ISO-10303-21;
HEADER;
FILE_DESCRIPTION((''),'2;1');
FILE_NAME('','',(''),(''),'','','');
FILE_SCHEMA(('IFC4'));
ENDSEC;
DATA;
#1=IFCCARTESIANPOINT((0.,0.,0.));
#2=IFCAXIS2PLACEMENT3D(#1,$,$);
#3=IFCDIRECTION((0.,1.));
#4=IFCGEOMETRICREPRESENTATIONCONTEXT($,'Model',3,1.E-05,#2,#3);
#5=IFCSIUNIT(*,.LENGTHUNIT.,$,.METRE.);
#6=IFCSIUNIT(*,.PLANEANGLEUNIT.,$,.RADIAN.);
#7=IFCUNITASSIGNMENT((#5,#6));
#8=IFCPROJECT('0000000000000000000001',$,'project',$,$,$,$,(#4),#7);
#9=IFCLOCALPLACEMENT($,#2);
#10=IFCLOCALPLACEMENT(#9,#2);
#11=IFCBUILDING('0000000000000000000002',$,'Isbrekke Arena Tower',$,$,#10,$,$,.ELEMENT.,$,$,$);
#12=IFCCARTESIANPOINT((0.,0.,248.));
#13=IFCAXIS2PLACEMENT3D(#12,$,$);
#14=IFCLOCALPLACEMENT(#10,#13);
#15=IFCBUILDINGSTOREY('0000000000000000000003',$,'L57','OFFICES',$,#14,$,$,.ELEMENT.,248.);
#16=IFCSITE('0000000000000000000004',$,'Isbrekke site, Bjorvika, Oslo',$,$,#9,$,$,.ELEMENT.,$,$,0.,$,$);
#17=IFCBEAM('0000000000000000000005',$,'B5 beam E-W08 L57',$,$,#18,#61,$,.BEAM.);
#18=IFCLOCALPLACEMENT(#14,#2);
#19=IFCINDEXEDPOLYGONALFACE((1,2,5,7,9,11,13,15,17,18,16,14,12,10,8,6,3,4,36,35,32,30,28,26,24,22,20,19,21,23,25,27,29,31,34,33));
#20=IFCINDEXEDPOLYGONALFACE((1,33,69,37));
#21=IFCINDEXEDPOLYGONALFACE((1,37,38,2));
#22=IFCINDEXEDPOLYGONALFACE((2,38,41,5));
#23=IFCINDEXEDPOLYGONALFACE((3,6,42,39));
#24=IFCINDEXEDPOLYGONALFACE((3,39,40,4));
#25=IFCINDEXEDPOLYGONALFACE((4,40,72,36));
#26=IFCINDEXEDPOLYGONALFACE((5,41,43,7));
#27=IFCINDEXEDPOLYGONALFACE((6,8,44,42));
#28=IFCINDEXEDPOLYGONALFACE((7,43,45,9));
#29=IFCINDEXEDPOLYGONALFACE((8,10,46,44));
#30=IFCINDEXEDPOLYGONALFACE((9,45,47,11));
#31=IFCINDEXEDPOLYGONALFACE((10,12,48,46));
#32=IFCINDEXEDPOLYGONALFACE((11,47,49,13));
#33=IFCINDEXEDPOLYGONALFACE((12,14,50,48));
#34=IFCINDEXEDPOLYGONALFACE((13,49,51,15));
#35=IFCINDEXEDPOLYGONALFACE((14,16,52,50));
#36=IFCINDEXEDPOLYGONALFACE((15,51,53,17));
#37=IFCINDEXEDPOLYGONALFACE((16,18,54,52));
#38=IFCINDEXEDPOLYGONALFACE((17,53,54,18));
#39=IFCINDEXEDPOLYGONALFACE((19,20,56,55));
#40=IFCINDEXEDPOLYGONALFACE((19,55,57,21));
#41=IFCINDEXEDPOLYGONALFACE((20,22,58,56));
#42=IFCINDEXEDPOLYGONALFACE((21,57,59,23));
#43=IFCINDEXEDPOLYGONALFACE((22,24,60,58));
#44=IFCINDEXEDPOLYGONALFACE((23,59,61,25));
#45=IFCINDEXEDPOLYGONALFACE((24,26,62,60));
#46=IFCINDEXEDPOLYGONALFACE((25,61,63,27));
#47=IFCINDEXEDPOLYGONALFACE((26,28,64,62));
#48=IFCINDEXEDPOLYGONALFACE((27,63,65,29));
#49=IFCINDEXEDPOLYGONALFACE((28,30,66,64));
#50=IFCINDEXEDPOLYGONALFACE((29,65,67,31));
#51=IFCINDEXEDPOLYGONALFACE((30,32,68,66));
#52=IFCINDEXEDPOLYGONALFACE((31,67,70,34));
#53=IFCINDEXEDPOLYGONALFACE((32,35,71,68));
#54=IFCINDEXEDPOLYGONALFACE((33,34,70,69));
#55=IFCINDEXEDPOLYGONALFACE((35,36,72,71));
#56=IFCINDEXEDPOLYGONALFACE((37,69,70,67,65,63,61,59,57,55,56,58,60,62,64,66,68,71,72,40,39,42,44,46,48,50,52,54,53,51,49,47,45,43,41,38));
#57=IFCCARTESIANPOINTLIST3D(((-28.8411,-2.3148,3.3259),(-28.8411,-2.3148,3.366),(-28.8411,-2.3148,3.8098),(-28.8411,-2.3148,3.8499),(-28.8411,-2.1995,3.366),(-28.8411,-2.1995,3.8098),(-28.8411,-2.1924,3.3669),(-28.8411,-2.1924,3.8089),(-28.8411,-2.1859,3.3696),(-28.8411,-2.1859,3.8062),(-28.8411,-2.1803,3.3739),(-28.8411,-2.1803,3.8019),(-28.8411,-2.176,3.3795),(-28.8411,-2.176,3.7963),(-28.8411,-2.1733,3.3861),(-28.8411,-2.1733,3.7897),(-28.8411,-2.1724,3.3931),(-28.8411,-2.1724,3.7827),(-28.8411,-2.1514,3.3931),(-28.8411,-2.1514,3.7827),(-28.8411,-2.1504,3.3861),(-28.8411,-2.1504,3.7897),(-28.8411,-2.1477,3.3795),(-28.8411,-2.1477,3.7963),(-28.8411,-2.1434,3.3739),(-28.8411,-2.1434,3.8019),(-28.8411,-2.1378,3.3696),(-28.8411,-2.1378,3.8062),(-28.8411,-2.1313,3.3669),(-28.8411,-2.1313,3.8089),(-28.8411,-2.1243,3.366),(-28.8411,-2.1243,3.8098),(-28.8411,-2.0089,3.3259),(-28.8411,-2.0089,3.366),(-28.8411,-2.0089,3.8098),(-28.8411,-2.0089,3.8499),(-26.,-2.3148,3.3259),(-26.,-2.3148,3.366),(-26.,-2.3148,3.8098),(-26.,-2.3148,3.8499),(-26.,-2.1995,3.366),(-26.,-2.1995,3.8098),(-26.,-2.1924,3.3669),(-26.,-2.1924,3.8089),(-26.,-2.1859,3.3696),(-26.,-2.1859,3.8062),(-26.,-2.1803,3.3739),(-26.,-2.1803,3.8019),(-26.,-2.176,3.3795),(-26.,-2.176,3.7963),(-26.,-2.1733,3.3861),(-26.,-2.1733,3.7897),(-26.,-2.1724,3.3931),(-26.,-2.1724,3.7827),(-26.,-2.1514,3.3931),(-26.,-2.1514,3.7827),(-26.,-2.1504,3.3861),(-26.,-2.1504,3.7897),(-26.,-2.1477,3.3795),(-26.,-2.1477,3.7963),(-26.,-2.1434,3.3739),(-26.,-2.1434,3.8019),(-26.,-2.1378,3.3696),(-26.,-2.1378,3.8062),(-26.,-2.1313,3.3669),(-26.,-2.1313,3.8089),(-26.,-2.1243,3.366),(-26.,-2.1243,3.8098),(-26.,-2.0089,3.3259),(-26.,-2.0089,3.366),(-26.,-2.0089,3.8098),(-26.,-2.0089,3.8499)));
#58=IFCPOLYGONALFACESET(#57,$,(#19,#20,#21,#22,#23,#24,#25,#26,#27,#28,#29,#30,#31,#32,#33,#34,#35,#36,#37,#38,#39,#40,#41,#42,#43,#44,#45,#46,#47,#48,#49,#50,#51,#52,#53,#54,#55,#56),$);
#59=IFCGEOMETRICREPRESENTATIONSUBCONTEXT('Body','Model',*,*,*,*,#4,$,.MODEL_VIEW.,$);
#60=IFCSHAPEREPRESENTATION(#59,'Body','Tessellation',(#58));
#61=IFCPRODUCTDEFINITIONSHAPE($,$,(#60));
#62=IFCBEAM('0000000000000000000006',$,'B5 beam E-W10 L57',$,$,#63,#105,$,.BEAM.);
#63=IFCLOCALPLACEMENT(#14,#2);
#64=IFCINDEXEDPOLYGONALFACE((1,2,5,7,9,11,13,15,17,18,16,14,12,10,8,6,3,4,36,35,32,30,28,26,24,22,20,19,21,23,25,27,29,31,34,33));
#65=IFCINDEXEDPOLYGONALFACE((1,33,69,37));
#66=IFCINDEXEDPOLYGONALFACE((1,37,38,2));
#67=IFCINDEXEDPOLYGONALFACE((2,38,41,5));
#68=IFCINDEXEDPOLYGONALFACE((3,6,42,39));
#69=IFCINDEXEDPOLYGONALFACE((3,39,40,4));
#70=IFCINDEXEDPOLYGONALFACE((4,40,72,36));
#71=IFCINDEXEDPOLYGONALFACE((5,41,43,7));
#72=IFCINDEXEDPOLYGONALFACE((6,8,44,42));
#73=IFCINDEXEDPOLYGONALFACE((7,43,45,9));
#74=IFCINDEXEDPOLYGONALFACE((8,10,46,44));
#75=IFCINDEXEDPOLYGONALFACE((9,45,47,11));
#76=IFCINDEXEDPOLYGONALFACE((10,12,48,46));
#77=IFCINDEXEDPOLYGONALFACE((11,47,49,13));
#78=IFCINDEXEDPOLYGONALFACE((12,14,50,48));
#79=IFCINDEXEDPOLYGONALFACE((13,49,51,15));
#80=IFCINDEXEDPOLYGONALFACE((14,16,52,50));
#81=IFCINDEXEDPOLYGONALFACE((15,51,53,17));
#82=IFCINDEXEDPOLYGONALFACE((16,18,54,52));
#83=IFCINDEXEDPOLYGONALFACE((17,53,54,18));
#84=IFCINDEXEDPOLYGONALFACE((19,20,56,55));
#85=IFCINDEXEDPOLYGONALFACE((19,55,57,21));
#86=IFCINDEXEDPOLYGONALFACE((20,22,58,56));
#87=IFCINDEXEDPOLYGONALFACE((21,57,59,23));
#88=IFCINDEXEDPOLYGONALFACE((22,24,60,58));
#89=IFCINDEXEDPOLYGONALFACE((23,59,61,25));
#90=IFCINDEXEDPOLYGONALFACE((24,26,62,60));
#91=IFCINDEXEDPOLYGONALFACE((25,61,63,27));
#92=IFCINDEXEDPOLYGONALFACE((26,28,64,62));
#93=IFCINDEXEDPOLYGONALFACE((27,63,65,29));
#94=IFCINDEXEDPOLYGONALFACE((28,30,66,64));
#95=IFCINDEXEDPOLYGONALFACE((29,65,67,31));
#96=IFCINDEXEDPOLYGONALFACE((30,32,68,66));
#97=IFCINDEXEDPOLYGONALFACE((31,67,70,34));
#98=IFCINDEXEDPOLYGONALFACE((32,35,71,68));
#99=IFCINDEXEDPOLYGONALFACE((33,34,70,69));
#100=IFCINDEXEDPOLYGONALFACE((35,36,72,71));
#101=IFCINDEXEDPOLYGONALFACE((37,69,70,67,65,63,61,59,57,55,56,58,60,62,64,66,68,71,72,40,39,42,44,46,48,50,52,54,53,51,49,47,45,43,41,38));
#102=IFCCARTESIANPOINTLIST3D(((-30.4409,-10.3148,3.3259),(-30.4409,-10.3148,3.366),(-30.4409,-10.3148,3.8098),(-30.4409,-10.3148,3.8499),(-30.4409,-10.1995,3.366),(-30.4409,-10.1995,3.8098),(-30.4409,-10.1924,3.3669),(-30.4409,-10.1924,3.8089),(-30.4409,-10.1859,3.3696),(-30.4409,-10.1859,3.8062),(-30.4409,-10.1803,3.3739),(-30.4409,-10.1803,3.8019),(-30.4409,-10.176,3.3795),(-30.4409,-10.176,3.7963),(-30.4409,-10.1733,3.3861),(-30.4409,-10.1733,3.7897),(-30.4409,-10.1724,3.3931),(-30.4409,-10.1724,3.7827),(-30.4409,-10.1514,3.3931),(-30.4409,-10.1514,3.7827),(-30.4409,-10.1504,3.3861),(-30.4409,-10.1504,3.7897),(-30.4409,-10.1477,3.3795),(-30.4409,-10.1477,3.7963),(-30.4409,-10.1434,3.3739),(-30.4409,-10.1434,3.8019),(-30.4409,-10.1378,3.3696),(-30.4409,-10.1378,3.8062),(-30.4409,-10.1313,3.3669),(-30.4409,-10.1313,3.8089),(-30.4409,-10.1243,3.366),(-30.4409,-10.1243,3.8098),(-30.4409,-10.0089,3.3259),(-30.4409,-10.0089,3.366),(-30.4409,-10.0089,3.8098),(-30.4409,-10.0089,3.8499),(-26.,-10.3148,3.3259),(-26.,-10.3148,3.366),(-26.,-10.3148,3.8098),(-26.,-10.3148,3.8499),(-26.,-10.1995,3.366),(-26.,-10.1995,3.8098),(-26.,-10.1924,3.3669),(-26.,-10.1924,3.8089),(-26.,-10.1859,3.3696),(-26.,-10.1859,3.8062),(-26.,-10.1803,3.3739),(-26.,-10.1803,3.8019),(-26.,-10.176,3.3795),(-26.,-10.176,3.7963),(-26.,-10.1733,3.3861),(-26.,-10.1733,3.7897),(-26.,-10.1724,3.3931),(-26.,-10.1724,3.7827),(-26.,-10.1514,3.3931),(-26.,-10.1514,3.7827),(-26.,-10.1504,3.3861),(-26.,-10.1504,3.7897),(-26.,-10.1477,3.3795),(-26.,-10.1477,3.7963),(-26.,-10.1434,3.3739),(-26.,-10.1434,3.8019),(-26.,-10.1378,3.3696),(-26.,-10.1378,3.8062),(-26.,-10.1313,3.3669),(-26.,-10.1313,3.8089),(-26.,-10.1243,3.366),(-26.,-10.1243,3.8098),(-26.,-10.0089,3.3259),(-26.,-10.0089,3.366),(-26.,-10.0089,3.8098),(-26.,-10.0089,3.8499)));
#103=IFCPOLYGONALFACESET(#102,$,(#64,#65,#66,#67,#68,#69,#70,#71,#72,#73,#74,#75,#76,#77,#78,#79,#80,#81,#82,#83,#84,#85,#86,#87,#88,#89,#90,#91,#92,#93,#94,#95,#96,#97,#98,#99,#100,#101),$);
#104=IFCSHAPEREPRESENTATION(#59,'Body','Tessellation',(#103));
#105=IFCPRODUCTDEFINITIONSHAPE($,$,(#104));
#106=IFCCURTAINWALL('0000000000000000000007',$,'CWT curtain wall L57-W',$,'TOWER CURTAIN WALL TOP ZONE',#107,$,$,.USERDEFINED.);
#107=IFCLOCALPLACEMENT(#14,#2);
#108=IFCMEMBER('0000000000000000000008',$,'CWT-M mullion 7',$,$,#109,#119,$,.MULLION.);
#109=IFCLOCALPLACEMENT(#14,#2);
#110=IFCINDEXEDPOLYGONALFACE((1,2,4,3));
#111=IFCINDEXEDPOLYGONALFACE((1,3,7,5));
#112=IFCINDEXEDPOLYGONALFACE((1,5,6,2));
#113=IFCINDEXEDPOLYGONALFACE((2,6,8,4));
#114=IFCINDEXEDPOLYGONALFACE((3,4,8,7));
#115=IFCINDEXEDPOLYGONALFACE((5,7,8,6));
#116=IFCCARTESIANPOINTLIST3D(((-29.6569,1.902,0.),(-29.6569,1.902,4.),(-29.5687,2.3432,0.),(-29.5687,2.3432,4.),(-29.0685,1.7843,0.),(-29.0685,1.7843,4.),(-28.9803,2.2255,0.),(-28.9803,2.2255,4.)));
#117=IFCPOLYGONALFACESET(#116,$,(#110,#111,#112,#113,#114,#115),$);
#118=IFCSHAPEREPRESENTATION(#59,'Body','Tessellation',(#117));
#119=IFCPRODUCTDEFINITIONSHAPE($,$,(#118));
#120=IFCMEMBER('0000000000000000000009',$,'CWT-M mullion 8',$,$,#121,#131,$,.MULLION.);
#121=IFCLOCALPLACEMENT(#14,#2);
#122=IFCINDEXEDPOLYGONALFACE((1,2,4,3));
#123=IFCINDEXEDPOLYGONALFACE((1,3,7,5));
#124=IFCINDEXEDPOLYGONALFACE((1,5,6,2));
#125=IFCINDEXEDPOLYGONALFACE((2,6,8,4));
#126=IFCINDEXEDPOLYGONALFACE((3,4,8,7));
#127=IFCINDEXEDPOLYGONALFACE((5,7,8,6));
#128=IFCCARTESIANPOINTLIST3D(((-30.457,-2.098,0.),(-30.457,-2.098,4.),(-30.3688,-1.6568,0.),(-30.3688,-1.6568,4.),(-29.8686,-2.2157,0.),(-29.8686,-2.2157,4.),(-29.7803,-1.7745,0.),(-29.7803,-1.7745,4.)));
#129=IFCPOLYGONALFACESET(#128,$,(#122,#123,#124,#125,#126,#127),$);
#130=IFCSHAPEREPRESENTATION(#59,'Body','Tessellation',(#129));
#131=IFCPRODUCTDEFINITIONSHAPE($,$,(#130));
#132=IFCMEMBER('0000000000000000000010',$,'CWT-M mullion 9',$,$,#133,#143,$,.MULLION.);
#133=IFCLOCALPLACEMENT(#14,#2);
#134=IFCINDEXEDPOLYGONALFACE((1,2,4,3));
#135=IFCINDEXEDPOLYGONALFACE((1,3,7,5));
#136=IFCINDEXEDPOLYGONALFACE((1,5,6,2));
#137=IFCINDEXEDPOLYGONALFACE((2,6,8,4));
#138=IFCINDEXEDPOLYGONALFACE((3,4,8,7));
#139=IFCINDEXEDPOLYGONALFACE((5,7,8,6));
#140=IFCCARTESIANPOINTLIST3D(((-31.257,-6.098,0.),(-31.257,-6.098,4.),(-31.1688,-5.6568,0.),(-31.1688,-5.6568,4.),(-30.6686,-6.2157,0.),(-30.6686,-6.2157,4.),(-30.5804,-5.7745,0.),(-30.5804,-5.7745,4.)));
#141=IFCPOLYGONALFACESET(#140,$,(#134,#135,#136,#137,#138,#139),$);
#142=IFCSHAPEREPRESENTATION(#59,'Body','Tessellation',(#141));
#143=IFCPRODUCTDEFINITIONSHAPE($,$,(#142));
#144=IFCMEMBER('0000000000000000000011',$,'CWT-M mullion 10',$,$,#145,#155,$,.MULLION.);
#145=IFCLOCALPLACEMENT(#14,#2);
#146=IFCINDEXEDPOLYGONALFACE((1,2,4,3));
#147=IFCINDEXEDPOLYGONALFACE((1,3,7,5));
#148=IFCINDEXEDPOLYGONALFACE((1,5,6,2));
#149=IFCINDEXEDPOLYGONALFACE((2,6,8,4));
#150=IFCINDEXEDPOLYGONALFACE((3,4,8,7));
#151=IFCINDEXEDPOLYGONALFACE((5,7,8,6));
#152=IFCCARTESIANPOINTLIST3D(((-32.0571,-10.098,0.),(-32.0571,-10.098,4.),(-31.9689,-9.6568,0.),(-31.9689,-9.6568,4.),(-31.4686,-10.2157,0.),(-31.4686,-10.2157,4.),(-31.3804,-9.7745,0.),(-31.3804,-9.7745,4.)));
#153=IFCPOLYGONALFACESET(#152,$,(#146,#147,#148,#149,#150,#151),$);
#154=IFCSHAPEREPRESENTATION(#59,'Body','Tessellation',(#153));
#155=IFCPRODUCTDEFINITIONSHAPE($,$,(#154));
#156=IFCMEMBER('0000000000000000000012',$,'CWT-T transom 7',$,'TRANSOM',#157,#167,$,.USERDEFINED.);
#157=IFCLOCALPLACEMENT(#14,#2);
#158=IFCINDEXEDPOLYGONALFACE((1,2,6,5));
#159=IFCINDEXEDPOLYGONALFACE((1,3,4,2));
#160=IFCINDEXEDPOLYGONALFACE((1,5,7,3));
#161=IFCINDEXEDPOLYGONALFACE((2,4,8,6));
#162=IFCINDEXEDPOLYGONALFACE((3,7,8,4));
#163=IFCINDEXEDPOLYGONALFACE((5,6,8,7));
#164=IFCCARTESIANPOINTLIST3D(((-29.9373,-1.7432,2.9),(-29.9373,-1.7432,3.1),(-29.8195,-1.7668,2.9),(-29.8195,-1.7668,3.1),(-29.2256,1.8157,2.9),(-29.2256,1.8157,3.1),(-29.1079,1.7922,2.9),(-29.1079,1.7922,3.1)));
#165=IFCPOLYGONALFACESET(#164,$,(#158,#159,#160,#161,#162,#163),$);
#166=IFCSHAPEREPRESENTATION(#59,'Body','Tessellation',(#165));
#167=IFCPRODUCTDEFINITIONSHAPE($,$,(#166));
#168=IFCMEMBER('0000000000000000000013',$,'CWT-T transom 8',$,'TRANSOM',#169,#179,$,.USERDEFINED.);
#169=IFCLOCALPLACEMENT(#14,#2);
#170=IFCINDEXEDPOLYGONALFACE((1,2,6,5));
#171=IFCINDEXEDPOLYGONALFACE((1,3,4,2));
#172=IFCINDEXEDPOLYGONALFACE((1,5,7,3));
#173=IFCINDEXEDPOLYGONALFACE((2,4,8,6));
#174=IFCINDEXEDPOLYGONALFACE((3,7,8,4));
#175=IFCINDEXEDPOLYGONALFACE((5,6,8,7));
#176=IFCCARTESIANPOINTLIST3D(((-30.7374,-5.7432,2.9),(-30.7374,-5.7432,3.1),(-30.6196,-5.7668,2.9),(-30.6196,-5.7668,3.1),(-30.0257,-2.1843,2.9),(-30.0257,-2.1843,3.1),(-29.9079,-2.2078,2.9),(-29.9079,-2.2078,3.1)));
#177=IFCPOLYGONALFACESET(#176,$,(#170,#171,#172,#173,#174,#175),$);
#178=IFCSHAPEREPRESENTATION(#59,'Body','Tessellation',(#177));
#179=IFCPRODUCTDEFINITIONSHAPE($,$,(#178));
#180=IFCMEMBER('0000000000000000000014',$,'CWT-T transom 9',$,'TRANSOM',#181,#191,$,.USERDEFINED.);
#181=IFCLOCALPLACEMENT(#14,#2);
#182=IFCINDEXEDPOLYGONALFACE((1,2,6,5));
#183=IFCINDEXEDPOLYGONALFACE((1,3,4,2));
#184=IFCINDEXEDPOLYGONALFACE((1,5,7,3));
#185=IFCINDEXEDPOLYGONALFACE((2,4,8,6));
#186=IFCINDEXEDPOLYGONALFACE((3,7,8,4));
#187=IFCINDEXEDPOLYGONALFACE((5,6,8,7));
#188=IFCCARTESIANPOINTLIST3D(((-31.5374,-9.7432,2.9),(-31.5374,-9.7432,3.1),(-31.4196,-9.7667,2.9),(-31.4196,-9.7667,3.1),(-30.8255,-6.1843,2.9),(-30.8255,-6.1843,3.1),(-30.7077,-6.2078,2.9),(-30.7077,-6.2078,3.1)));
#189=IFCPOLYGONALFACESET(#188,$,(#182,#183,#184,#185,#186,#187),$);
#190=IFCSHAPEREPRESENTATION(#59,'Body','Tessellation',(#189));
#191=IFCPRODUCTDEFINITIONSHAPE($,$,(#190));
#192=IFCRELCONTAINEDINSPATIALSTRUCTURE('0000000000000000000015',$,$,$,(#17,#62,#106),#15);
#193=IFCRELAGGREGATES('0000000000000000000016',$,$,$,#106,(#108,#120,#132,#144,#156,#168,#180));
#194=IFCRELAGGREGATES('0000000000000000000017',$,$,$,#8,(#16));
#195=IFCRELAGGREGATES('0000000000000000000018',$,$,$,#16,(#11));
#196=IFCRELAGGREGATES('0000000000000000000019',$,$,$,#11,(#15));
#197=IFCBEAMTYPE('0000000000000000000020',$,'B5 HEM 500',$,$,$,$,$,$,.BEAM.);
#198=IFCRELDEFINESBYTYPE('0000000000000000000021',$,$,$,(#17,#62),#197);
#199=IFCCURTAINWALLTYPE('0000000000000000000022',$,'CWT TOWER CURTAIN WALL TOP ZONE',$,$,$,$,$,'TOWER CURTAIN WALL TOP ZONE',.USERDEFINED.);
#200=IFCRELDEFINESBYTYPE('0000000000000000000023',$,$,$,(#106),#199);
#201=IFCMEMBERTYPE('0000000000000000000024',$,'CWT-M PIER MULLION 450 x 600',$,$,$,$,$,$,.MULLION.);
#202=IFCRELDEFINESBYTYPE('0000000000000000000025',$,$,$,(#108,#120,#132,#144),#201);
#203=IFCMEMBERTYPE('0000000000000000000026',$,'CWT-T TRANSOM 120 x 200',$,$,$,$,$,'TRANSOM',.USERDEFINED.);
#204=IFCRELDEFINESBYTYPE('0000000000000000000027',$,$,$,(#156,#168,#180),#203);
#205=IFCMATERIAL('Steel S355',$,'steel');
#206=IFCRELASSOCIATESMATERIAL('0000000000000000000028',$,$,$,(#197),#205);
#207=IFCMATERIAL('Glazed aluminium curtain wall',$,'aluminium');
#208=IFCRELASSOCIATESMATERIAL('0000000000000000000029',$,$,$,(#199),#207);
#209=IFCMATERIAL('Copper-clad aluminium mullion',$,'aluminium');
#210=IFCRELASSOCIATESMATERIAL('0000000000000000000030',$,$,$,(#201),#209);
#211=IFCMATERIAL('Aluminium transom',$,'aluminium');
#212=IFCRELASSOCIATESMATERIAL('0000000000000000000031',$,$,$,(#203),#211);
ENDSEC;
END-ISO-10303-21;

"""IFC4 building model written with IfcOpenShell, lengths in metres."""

from ifc_helpers import new_model, si_unit, direction, frame, origin, origin_2d, place, context, subcontext, project, spatial, rectangle, i_section, extrude, material, material_profile, profile_set, type_object, element, aggregate, save


model = new_model("IFC4")

# Units and contexts
model_context = context("Model", 3, precision=1e-05, world=origin(), true_north=direction((0.0, 1.0)))
body_context = subcontext(model_context, "Body", "Model", "MODEL_VIEW")
ifc_project = project(units=[si_unit("LENGTHUNIT", "METRE"), si_unit("PLANEANGLEUNIT", "RADIAN")], contexts=[model_context])

# Site, building, storey
site_placement = place(None, origin())
site = spatial("IfcSite", under=ifc_project, at=site_placement, Name="Isbrekke site, Bjorvika, Oslo", CompositionType="ELEMENT", RefElevation=0.0)
building_placement = place(site_placement, origin())
building = spatial("IfcBuilding", under=site, at=building_placement, Name="Isbrekke Arena Tower", CompositionType="ELEMENT")
storey_placement = place(building_placement, frame((0.0, 0.0, 248.0)))
storey = spatial("IfcBuildingStorey", under=building, at=storey_placement, Name="L57", Description="OFFICES", CompositionType="ELEMENT", Elevation=248.0)

# Beams
ifc_material_1 = material(Name="Steel S355", Category="steel")
ifc_material_profile_1 = material_profile(ifc_material_1, i_section(OverallWidth=0.3059, OverallDepth=0.5239, WebThickness=0.021, FlangeThickness=0.04, FilletRadius=0.0271, at=origin_2d()), Name="HEM 500")
ifc_profile_set_1 = profile_set([ifc_material_profile_1], Name="Steel S355")
beam_type_1 = type_object("IfcBeamType", Name="B5 HEM 500", PredefinedType="BEAM", material=ifc_profile_set_1)
beam_1_placement = place(storey_placement, frame((-28.8411, -2.1619, 3.5879), z_axis=(1.0, 0.0, 0.0), x_axis=(0.0, 1.0, 0.0)))
element("IfcBeam", 1, at=beam_1_placement, inside=storey, type_object=beam_type_1, Name="B5 beam E-W08 L57", PredefinedType="BEAM", context=body_context, shape_type="SweptSolid", body=[
    extrude(i_section(OverallWidth=0.3059, OverallDepth=0.5239, WebThickness=0.021, FlangeThickness=0.04, FilletRadius=0.0271, at=origin_2d()), origin(), (0.0, 0.0, 1.0), 2.8411),
])
beam_2_placement = place(storey_placement, frame((-30.4409, -10.1619, 3.5879), z_axis=(1.0, 0.0, 0.0), x_axis=(0.0, 1.0, 0.0)))
element("IfcBeam", 2, at=beam_2_placement, inside=storey, type_object=beam_type_1, Name="B5 beam E-W10 L57", PredefinedType="BEAM", context=body_context, shape_type="SweptSolid", body=[
    extrude(i_section(OverallWidth=0.3059, OverallDepth=0.5239, WebThickness=0.021, FlangeThickness=0.04, FilletRadius=0.0271, at=origin_2d()), origin(), (0.0, 0.0, 1.0), 4.4409),
])

# Curtain wall, members
ifc_material_2 = material(Name="Glazed aluminium curtain wall", Category="aluminium")
curtain_wall_type = type_object("IfcCurtainWallType", Name="CWT TOWER CURTAIN WALL TOP ZONE", ElementType="TOWER CURTAIN WALL TOP ZONE", PredefinedType="USERDEFINED", material=ifc_material_2)
curtain_wall_placement = place(storey_placement, origin())
curtain_wall = element("IfcCurtainWall", 3, at=curtain_wall_placement, inside=storey, type_object=curtain_wall_type, Name="CWT curtain wall L57-W", ObjectType="TOWER CURTAIN WALL TOP ZONE", PredefinedType="USERDEFINED")
ifc_material_3 = material(Name="Copper-clad aluminium mullion", Category="aluminium")
ifc_material_profile_2 = material_profile(ifc_material_3, rectangle(XDim=0.45, YDim=0.6001, at=origin_2d()), Name="PIER 450X600")
ifc_profile_set_2 = profile_set([ifc_material_profile_2], Name="Copper-clad aluminium mullion")
member_type_1 = type_object("IfcMemberType", Name="CWT-M PIER MULLION 450 x 600", PredefinedType="MULLION", material=ifc_profile_set_2)
member_1_placement = place(storey_placement, frame((-29.3186, 2.0637, 0.0), z_axis=(0.0, 0.0, 1.0), x_axis=(-0.196116, -0.980581, 0.0)))
member_1 = element("IfcMember", 4, at=member_1_placement, type_object=member_type_1, Name="CWT-M mullion 7", PredefinedType="MULLION", context=body_context, shape_type="SweptSolid", body=[
    extrude(rectangle(XDim=0.45, YDim=0.6001, at=origin_2d()), origin(), (0.0, 0.0, 1.0), 4.0),
])
member_2_placement = place(storey_placement, frame((-30.1187, -1.9363, 0.0), z_axis=(0.0, 0.0, 1.0), x_axis=(-0.196116, -0.980581, 0.0)))
member_2 = element("IfcMember", 5, at=member_2_placement, type_object=member_type_1, Name="CWT-M mullion 8", PredefinedType="MULLION", context=body_context, shape_type="SweptSolid", body=[
    extrude(rectangle(XDim=0.45, YDim=0.6001, at=origin_2d()), origin(), (0.0, 0.0, 1.0), 4.0),
])
member_3_placement = place(storey_placement, frame((-30.9187, -5.9363, 0.0), z_axis=(0.0, 0.0, 1.0), x_axis=(-0.196116, -0.980581, 0.0)))
member_3 = element("IfcMember", 6, at=member_3_placement, type_object=member_type_1, Name="CWT-M mullion 9", PredefinedType="MULLION", context=body_context, shape_type="SweptSolid", body=[
    extrude(rectangle(XDim=0.45, YDim=0.6001, at=origin_2d()), origin(), (0.0, 0.0, 1.0), 4.0),
])
member_4_placement = place(storey_placement, frame((-31.7188, -9.9363, 0.0), z_axis=(0.0, 0.0, 1.0), x_axis=(-0.196116, -0.980581, 0.0)))
member_4 = element("IfcMember", 7, at=member_4_placement, type_object=member_type_1, Name="CWT-M mullion 10", PredefinedType="MULLION", context=body_context, shape_type="SweptSolid", body=[
    extrude(rectangle(XDim=0.45, YDim=0.6001, at=origin_2d()), origin(), (0.0, 0.0, 1.0), 4.0),
])
ifc_material_4 = material(Name="Aluminium transom", Category="aluminium")
ifc_material_profile_3 = material_profile(ifc_material_4, rectangle(XDim=0.1201, YDim=0.2, at=origin_2d()), Name="TRANSOM 120X200")
ifc_profile_set_3 = profile_set([ifc_material_profile_3], Name="Aluminium transom")
member_type_2 = type_object("IfcMemberType", Name="CWT-T TRANSOM 120 x 200", ElementType="TRANSOM", PredefinedType="USERDEFINED", material=ifc_profile_set_3)
member_5_placement = place(storey_placement, frame((-29.1667, 1.804, 3.0), z_axis=(-0.19609, -0.980586, 0.0), x_axis=(0.980586, -0.19609, 0.0)))
member_5 = element("IfcMember", 8, at=member_5_placement, type_object=member_type_2, Name="CWT-T transom 7", ObjectType="TRANSOM", PredefinedType="USERDEFINED", context=body_context, shape_type="SweptSolid", body=[
    extrude(rectangle(XDim=0.1201, YDim=0.2, at=origin_2d()), origin(), (0.0, 0.0, 1.0), 3.6294),
])
member_6_placement = place(storey_placement, frame((-29.9668, -2.196, 3.0), z_axis=(-0.19609, -0.980586, 0.0), x_axis=(0.980586, -0.19609, 0.0)))
member_6 = element("IfcMember", 9, at=member_6_placement, type_object=member_type_2, Name="CWT-T transom 8", ObjectType="TRANSOM", PredefinedType="USERDEFINED", context=body_context, shape_type="SweptSolid", body=[
    extrude(rectangle(XDim=0.1201, YDim=0.2, at=origin_2d()), origin(), (0.0, 0.0, 1.0), 3.6294),
])
member_7_placement = place(storey_placement, frame((-30.7666, -6.196, 3.0), z_axis=(-0.196155, -0.980573, 0.0), x_axis=(0.980573, -0.196155, 0.0)))
member_7 = element("IfcMember", 10, at=member_7_placement, type_object=member_type_2, Name="CWT-T transom 9", ObjectType="TRANSOM", PredefinedType="USERDEFINED", context=body_context, shape_type="SweptSolid", body=[
    extrude(rectangle(XDim=0.1201, YDim=0.2, at=origin_2d()), origin(), (0.0, 0.0, 1.0), 3.6294),
])

aggregate(curtain_wall, [member_1, member_2, member_3, member_4, member_5, member_6, member_7])

save(model, "model.ifc")
